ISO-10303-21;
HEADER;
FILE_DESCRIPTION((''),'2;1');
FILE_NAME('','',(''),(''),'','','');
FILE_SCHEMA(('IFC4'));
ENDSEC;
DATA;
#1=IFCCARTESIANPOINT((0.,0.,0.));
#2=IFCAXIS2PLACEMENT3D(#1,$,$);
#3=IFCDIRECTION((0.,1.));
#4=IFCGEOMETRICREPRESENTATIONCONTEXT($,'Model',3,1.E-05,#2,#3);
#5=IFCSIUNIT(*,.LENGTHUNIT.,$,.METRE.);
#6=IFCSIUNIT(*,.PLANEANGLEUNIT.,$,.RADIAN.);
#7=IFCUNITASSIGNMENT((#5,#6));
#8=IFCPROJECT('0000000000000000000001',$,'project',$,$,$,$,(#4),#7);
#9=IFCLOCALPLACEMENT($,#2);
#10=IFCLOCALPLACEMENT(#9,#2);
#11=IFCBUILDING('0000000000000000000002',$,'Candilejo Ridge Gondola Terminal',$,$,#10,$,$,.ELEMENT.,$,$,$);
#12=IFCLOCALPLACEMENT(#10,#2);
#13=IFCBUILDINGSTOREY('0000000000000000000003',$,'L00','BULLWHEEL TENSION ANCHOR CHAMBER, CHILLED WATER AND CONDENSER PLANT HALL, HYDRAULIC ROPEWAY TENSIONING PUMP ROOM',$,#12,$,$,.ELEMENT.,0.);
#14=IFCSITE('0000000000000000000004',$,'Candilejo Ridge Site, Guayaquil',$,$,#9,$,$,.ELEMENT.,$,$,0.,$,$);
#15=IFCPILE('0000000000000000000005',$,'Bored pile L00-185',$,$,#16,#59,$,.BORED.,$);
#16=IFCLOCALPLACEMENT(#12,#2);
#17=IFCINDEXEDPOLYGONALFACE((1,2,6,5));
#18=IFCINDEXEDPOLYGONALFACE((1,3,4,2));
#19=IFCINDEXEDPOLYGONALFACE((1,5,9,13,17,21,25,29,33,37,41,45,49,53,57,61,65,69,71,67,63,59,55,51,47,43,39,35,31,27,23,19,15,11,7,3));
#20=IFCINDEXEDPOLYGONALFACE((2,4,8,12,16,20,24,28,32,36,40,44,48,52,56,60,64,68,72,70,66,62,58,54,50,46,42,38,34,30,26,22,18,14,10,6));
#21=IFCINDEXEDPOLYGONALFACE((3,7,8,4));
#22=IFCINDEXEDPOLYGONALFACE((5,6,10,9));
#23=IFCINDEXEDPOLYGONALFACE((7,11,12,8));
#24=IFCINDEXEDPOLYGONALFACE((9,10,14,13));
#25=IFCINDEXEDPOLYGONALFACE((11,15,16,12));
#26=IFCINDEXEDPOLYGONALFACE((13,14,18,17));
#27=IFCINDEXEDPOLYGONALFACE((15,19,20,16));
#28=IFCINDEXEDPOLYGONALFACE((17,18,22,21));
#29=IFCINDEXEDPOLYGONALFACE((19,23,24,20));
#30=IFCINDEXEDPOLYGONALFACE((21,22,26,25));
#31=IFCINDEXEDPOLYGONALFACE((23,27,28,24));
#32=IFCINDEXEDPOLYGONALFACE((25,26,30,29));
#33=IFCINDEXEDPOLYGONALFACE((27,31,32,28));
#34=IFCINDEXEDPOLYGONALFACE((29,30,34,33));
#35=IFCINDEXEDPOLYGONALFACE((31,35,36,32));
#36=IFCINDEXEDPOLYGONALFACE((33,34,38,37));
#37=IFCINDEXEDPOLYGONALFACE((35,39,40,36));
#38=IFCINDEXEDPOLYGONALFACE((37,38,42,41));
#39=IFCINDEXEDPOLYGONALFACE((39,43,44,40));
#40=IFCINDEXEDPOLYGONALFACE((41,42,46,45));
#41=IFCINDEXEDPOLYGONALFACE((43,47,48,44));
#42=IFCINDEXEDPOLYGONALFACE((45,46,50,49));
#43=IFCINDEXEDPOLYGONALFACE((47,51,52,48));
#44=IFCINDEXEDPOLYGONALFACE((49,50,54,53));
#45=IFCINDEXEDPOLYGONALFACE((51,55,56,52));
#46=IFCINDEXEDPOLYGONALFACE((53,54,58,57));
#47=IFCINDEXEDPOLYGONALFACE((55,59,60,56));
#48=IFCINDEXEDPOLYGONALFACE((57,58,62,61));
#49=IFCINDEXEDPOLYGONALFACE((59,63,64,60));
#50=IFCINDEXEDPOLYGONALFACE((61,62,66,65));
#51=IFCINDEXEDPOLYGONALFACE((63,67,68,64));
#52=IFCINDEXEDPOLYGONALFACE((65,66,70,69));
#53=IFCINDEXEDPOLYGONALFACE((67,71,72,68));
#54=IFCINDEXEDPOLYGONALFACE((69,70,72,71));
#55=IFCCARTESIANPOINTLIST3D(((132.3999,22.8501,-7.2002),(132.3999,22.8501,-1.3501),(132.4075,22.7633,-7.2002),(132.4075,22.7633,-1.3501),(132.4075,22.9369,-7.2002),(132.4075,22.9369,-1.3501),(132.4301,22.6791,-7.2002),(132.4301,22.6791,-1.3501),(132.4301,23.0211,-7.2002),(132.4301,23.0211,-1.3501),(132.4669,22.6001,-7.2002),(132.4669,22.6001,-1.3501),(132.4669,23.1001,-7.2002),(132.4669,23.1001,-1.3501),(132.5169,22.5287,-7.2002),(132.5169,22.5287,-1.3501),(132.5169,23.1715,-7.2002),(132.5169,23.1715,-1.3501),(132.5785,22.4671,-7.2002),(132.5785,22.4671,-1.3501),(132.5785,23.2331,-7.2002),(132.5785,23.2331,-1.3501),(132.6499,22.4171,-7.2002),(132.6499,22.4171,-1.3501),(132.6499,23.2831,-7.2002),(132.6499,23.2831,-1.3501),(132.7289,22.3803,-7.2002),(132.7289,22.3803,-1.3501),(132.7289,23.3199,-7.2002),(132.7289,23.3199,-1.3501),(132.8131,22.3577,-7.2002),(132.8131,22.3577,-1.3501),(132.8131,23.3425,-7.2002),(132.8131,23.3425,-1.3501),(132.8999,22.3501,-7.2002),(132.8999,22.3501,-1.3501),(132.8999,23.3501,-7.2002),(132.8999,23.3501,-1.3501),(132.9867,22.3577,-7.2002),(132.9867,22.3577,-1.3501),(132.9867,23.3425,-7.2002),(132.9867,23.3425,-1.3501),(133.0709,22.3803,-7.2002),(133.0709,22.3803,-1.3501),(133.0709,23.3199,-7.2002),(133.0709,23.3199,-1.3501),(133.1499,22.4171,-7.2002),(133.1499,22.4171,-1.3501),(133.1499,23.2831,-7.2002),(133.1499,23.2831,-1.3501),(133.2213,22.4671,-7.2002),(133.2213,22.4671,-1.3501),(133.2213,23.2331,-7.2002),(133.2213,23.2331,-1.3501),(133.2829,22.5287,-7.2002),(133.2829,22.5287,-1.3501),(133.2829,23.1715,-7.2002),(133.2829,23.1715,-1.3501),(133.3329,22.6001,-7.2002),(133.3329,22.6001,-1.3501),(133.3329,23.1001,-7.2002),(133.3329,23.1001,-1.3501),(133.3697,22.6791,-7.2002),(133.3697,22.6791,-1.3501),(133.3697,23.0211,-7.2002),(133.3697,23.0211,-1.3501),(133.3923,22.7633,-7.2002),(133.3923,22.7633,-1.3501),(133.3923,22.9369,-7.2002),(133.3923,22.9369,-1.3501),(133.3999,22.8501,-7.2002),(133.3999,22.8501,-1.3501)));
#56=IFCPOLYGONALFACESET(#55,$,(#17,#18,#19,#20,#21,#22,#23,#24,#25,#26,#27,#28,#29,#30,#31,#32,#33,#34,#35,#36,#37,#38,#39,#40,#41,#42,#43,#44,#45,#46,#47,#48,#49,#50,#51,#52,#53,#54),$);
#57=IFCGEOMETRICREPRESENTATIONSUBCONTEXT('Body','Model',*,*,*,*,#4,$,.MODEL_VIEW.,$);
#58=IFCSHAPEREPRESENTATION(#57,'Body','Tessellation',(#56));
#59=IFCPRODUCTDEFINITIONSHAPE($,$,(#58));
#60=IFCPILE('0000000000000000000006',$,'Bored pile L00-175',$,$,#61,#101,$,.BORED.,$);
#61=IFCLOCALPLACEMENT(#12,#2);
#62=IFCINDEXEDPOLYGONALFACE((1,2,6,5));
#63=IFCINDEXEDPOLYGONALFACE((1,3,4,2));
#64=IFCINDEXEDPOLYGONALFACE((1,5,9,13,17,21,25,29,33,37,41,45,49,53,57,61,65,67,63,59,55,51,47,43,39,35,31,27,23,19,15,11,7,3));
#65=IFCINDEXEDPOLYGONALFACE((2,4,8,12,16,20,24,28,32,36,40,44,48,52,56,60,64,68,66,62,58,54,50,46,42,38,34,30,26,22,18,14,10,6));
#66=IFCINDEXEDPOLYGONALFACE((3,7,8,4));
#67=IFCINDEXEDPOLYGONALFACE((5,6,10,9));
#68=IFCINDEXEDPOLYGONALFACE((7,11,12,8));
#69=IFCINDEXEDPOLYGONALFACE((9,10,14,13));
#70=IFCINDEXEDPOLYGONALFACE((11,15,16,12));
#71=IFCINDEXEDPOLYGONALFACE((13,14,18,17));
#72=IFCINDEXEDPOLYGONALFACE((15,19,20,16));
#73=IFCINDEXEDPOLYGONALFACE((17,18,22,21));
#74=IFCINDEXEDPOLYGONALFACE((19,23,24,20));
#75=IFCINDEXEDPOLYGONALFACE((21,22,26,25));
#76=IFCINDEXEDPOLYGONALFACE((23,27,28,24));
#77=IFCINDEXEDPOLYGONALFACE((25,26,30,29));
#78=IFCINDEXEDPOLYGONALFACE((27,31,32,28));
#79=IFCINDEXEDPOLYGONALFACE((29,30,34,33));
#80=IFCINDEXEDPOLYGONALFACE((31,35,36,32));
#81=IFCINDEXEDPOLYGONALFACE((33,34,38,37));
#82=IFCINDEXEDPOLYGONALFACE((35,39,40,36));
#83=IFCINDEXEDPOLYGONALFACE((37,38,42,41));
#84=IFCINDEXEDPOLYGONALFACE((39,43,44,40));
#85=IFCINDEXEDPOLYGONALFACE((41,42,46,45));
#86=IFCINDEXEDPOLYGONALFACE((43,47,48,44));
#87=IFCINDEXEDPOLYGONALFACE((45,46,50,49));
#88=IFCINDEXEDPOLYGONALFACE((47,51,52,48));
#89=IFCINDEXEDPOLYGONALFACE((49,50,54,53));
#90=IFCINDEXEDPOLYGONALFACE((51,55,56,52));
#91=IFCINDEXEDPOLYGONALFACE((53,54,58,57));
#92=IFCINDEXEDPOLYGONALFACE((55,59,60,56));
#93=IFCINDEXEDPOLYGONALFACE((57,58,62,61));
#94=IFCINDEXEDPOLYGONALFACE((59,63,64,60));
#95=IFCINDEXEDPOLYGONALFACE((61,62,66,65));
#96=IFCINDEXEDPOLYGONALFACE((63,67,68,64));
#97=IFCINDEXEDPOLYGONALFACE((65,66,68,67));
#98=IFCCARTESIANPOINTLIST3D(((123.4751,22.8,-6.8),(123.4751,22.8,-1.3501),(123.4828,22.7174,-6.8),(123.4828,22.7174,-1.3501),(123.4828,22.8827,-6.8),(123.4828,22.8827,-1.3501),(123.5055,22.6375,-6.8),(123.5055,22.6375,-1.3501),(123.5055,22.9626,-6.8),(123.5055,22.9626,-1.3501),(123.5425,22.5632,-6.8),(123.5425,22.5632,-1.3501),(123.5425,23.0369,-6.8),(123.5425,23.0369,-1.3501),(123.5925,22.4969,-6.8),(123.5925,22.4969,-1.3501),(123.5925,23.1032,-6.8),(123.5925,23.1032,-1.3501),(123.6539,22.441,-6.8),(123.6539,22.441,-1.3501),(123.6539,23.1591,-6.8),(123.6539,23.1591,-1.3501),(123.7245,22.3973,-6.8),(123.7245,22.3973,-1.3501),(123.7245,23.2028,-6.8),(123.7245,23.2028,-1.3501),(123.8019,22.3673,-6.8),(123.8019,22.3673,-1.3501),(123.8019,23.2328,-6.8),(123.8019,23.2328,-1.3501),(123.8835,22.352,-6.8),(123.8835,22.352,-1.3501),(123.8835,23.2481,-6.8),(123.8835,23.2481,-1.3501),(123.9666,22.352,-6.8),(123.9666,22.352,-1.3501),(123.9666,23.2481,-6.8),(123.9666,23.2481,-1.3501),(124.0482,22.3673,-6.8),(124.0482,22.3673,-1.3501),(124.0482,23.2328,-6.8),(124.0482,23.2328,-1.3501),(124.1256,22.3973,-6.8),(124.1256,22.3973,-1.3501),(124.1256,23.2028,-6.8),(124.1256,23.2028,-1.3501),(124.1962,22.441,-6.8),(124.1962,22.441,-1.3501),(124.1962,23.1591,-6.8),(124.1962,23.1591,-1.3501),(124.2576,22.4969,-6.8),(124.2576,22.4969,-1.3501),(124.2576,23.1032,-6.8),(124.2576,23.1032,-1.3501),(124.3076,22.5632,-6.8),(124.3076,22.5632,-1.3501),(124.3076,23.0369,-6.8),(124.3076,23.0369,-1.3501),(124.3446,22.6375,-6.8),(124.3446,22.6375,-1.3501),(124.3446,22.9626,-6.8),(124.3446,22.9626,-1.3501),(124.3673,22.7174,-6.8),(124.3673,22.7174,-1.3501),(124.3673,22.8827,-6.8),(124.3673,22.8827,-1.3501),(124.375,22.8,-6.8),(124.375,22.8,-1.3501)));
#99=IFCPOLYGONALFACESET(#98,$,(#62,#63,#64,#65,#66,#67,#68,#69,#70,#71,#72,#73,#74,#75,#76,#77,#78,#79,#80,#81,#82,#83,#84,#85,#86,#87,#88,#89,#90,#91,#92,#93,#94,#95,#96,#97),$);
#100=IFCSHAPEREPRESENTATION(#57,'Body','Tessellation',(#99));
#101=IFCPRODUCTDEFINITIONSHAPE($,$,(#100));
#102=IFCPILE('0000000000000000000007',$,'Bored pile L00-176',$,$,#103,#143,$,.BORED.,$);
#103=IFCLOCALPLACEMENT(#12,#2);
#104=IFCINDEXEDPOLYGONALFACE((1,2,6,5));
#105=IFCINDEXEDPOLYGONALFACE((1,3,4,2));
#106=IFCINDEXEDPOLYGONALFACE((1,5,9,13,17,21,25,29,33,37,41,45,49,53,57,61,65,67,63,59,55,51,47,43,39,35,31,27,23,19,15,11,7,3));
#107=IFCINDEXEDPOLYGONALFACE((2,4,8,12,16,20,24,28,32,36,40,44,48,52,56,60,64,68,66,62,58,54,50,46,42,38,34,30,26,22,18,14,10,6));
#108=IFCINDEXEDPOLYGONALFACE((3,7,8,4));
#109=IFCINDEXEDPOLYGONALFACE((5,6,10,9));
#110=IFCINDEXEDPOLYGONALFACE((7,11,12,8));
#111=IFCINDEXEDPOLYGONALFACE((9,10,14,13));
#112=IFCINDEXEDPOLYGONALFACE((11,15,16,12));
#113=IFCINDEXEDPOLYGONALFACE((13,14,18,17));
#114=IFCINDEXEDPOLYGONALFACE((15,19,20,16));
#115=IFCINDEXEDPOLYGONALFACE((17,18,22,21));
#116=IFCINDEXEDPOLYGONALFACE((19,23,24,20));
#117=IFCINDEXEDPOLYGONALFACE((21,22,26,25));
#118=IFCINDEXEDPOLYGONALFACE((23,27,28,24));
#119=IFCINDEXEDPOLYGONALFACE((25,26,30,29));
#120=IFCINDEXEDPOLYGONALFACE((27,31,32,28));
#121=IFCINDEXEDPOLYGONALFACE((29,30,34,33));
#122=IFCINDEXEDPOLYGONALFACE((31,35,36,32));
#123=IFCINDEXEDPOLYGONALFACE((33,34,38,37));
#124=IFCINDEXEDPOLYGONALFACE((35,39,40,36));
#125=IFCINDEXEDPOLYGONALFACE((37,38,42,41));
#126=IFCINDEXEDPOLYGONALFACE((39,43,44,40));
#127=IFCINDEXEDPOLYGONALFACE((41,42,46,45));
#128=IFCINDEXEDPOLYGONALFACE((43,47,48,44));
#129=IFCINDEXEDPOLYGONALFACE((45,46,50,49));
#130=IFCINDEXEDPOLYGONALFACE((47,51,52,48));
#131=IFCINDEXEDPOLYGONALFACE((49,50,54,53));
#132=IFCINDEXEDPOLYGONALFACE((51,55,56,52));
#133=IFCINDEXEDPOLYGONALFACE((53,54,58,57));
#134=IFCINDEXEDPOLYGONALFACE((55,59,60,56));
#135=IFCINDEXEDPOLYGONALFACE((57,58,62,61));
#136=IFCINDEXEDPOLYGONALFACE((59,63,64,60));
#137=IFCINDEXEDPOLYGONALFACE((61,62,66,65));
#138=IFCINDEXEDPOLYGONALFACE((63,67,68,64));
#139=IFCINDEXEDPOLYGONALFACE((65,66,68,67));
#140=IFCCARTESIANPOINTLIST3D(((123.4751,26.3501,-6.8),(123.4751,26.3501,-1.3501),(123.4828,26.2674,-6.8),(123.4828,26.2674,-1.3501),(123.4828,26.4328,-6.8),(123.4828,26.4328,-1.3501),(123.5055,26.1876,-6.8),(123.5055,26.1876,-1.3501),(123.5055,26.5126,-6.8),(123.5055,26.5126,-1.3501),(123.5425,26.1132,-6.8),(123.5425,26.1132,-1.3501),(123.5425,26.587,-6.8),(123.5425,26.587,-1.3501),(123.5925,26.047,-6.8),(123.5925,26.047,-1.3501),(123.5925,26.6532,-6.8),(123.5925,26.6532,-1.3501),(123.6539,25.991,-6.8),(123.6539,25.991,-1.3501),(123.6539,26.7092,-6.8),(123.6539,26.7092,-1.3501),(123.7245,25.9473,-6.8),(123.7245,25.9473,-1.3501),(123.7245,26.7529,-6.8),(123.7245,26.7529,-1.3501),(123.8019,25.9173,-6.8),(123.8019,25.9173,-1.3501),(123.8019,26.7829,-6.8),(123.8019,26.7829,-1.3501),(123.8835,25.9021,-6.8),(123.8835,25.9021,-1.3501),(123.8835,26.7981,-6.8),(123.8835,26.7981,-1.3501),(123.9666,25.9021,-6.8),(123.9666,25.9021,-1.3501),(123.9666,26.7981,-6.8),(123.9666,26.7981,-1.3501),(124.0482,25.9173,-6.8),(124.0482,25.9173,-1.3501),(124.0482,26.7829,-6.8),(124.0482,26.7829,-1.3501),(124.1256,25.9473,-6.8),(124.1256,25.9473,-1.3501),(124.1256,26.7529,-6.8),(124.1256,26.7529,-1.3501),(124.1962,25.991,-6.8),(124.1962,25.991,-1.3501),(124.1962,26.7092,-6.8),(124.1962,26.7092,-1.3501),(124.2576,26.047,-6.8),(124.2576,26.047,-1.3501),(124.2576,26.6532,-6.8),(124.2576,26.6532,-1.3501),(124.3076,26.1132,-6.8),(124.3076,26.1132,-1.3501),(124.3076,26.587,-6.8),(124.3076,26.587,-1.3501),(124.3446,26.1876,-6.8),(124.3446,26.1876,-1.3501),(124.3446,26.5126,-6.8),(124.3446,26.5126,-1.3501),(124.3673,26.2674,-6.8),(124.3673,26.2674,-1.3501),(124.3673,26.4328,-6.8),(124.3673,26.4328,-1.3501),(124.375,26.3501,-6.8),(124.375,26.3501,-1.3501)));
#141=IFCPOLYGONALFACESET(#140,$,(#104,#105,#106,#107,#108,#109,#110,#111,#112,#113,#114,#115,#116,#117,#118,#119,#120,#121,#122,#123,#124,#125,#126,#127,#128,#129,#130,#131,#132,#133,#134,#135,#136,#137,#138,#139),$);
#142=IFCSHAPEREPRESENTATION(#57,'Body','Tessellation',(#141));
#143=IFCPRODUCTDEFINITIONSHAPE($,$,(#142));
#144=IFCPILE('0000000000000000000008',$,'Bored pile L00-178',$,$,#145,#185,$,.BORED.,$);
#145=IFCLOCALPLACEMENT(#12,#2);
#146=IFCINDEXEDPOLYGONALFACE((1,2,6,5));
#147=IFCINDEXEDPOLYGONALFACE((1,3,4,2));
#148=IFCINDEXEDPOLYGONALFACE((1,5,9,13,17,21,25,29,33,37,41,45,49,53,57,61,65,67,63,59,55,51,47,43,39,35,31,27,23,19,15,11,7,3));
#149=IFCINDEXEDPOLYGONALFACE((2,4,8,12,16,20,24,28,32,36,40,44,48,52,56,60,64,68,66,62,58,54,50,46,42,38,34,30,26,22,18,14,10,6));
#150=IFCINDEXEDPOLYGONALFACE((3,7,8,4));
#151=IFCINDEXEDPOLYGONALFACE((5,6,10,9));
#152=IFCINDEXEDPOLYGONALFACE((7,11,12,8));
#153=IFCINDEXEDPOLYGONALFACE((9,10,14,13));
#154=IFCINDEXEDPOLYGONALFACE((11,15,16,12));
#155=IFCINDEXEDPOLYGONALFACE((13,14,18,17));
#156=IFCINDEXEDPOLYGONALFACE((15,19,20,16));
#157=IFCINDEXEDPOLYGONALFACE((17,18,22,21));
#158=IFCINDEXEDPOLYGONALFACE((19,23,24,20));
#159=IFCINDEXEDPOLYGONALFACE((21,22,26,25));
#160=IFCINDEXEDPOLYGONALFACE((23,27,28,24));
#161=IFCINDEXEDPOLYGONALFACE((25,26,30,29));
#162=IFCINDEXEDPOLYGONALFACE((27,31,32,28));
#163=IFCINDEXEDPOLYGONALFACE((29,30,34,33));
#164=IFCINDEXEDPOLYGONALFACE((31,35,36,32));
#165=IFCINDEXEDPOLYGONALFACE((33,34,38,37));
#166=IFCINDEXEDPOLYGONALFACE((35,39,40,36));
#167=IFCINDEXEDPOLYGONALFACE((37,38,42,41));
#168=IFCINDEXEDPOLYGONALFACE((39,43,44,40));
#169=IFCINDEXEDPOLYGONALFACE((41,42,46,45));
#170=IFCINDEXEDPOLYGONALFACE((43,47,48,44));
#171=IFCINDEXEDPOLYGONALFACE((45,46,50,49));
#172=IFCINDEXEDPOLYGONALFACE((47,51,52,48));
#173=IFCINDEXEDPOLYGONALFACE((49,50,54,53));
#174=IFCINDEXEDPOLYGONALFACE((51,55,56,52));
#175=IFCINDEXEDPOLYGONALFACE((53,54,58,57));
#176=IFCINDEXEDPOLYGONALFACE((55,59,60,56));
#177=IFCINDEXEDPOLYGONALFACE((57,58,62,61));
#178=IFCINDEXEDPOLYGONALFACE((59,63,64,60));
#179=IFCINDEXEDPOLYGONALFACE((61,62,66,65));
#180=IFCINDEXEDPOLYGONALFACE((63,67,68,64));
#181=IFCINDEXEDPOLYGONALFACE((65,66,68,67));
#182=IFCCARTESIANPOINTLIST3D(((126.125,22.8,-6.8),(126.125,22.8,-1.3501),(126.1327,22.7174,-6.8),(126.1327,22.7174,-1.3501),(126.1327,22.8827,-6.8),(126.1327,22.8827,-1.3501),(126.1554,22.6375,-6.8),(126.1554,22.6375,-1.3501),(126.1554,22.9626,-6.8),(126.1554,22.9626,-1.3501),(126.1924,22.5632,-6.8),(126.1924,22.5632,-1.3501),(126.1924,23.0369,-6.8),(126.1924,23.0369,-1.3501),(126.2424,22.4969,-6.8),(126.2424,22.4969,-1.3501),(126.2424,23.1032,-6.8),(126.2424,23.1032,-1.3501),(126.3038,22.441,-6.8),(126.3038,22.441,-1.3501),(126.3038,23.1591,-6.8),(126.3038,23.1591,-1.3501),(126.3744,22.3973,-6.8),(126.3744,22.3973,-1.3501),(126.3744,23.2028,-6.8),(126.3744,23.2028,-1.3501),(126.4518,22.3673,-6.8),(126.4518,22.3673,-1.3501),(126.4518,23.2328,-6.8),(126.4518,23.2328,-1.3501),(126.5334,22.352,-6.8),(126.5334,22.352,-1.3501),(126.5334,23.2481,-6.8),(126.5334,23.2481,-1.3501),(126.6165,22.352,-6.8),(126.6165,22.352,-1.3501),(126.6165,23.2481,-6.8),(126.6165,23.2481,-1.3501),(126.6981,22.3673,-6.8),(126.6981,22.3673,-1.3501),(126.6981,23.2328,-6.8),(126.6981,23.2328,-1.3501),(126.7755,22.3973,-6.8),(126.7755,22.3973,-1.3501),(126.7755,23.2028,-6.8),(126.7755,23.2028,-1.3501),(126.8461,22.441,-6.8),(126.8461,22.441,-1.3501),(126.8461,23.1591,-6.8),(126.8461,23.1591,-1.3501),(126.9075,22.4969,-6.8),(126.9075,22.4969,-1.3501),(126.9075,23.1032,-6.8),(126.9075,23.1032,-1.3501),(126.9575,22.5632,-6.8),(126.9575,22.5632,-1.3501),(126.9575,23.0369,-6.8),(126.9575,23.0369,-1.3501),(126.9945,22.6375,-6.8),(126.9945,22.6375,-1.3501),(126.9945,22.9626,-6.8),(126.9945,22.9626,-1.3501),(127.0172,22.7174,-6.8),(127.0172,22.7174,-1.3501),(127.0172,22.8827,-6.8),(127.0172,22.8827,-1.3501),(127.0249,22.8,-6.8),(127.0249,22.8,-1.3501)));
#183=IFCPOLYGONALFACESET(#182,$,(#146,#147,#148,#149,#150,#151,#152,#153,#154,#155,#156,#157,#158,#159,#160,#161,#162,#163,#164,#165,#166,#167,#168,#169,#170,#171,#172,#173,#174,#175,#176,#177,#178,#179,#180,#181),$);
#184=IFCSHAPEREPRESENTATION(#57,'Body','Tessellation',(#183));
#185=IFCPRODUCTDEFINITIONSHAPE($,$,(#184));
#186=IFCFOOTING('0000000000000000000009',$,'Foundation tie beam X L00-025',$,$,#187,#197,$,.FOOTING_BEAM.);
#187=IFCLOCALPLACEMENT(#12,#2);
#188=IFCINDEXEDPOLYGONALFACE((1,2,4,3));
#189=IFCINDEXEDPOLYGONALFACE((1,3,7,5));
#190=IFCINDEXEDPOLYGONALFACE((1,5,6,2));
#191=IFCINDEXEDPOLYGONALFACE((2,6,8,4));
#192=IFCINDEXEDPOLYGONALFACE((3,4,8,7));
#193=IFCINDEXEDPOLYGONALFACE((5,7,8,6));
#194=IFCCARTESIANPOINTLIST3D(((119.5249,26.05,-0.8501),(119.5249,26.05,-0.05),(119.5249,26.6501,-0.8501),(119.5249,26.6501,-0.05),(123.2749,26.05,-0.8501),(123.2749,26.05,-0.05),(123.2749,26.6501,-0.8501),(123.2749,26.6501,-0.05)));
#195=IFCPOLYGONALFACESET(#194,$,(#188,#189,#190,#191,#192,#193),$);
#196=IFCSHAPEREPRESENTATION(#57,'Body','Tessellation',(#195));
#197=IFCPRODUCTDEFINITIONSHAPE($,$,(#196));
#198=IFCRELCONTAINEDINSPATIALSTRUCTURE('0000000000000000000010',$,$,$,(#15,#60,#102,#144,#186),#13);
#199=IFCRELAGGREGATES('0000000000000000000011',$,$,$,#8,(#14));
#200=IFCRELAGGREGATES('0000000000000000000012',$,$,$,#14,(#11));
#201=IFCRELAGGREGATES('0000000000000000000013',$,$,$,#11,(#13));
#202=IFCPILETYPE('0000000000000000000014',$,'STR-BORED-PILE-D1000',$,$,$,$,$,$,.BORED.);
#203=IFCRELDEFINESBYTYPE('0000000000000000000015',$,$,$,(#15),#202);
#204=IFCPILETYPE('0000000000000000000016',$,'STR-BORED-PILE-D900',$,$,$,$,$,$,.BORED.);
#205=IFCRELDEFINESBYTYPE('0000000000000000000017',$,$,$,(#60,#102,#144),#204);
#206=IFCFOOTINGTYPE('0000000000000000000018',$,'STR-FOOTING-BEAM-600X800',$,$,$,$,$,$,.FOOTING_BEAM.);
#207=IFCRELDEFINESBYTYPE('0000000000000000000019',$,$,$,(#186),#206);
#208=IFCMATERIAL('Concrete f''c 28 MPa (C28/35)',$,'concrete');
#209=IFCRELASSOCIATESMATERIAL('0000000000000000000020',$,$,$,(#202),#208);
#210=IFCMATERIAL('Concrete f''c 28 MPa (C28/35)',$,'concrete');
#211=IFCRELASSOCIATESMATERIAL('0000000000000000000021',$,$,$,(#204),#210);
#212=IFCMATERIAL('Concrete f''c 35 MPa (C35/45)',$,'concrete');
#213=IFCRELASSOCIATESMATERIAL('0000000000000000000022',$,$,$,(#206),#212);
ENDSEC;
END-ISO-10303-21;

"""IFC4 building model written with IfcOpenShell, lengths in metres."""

from ifc_helpers import new_model, si_unit, direction, frame, origin, origin_2d, place, context, subcontext, project, spatial, rectangle, circle, extrude, material, material_profile, profile_set, type_object, element, save


model = new_model("IFC4")

# Units and contexts
model_context = context("Model", 3, precision=1e-05, world=origin(), true_north=direction((0.0, 1.0)))
body_context = subcontext(model_context, "Body", "Model", "MODEL_VIEW")
ifc_project = project(units=[si_unit("LENGTHUNIT", "METRE"), si_unit("PLANEANGLEUNIT", "RADIAN")], contexts=[model_context])

# Site, building, storey
site_placement = place(None, origin())
site = spatial("IfcSite", under=ifc_project, at=site_placement, Name="Candilejo Ridge Site, Guayaquil", CompositionType="ELEMENT", RefElevation=0.0)
building_placement = place(site_placement, origin())
building = spatial("IfcBuilding", under=site, at=building_placement, Name="Candilejo Ridge Gondola Terminal", CompositionType="ELEMENT")
storey_placement = place(building_placement, origin())
storey = spatial("IfcBuildingStorey", under=building, at=storey_placement, Name="L00", Description="BULLWHEEL TENSION ANCHOR CHAMBER, CHILLED WATER AND CONDENSER PLANT HALL, HYDRAULIC ROPEWAY TENSIONING PUMP ROOM", CompositionType="ELEMENT", Elevation=0.0)

# Piles
ifc_material_1 = material(Name="Concrete f'c 28 MPa (C28/35)", Category="concrete")
ifc_material_profile_1 = material_profile(ifc_material_1, circle(Radius=0.5, at=origin_2d()))
ifc_profile_set_1 = profile_set([ifc_material_profile_1], Name="Concrete f'c 28 MPa (C28/35)")
pile_type_1 = type_object("IfcPileType", Name="STR-BORED-PILE-D1000", PredefinedType="BORED", material=ifc_profile_set_1)
pile_placement = place(storey_placement, frame((132.8999, 22.8501, -1.3501), z_axis=(0.0, 0.0, -1.0), x_axis=(1.0, 0.0, 0.0)))
element("IfcPile", 1, at=pile_placement, inside=storey, type_object=pile_type_1, Name="Bored pile L00-185", PredefinedType="BORED", context=body_context, shape_type="SweptSolid", body=[
    extrude(circle(Radius=0.5, at=origin_2d()), origin(), (0.0, 0.0, 1.0), 5.8501),
])
ifc_material_2 = material(Name="Concrete f'c 28 MPa (C28/35)", Category="concrete")
ifc_material_profile_2 = material_profile(ifc_material_2, circle(Radius=0.45, at=origin_2d()))
ifc_profile_set_2 = profile_set([ifc_material_profile_2], Name="Concrete f'c 28 MPa (C28/35)")
pile_type_2 = type_object("IfcPileType", Name="STR-BORED-PILE-D900", PredefinedType="BORED", material=ifc_profile_set_2)
for number, where, z_axis, x_axis, name in (
    (2, (123.925, 22.8, -1.3501), (0.0, 0.0, -1.0), (1.0, 0.0, 0.0), "Bored pile L00-175"),
    (3, (123.925, 26.3501, -1.3501), (0.0, 0.0, -1.0), (1.0, 0.0, 0.0), "Bored pile L00-176"),
    (4, (126.575, 22.8, -1.3501), (0.0, 0.0, -1.0), (1.0, 0.0, 0.0), "Bored pile L00-178"),
):
    element("IfcPile", number, at=place(storey_placement, frame(where, z_axis=z_axis, x_axis=x_axis)), inside=storey, type_object=pile_type_2, Name=name, PredefinedType="BORED", context=body_context, shape_type="SweptSolid", body=[
        extrude(circle(Radius=0.45, at=origin_2d()), origin(), (0.0, 0.0, 1.0), 5.45),
    ])

# Footing
ifc_material_3 = material(Name="Concrete f'c 35 MPa (C35/45)", Category="concrete")
footing_type_1 = type_object("IfcFootingType", Name="STR-FOOTING-BEAM-600X800", PredefinedType="FOOTING_BEAM", material=ifc_material_3)
footing_1_placement = place(storey_placement, frame((121.3999, 26.3501, -0.8501), z_axis=(0.0, 0.0, 1.0), x_axis=(1.0, 0.0, 0.0)))
element("IfcFooting", 5, at=footing_1_placement, inside=storey, type_object=footing_type_1, Name="Foundation tie beam X L00-025", PredefinedType="FOOTING_BEAM", context=body_context, shape_type="SweptSolid", body=[
    extrude(rectangle(XDim=3.75, YDim=0.6001, at=origin_2d()), origin(), (0.0, 0.0, 1.0), 0.8),
])

save(model, "model.ifc")
